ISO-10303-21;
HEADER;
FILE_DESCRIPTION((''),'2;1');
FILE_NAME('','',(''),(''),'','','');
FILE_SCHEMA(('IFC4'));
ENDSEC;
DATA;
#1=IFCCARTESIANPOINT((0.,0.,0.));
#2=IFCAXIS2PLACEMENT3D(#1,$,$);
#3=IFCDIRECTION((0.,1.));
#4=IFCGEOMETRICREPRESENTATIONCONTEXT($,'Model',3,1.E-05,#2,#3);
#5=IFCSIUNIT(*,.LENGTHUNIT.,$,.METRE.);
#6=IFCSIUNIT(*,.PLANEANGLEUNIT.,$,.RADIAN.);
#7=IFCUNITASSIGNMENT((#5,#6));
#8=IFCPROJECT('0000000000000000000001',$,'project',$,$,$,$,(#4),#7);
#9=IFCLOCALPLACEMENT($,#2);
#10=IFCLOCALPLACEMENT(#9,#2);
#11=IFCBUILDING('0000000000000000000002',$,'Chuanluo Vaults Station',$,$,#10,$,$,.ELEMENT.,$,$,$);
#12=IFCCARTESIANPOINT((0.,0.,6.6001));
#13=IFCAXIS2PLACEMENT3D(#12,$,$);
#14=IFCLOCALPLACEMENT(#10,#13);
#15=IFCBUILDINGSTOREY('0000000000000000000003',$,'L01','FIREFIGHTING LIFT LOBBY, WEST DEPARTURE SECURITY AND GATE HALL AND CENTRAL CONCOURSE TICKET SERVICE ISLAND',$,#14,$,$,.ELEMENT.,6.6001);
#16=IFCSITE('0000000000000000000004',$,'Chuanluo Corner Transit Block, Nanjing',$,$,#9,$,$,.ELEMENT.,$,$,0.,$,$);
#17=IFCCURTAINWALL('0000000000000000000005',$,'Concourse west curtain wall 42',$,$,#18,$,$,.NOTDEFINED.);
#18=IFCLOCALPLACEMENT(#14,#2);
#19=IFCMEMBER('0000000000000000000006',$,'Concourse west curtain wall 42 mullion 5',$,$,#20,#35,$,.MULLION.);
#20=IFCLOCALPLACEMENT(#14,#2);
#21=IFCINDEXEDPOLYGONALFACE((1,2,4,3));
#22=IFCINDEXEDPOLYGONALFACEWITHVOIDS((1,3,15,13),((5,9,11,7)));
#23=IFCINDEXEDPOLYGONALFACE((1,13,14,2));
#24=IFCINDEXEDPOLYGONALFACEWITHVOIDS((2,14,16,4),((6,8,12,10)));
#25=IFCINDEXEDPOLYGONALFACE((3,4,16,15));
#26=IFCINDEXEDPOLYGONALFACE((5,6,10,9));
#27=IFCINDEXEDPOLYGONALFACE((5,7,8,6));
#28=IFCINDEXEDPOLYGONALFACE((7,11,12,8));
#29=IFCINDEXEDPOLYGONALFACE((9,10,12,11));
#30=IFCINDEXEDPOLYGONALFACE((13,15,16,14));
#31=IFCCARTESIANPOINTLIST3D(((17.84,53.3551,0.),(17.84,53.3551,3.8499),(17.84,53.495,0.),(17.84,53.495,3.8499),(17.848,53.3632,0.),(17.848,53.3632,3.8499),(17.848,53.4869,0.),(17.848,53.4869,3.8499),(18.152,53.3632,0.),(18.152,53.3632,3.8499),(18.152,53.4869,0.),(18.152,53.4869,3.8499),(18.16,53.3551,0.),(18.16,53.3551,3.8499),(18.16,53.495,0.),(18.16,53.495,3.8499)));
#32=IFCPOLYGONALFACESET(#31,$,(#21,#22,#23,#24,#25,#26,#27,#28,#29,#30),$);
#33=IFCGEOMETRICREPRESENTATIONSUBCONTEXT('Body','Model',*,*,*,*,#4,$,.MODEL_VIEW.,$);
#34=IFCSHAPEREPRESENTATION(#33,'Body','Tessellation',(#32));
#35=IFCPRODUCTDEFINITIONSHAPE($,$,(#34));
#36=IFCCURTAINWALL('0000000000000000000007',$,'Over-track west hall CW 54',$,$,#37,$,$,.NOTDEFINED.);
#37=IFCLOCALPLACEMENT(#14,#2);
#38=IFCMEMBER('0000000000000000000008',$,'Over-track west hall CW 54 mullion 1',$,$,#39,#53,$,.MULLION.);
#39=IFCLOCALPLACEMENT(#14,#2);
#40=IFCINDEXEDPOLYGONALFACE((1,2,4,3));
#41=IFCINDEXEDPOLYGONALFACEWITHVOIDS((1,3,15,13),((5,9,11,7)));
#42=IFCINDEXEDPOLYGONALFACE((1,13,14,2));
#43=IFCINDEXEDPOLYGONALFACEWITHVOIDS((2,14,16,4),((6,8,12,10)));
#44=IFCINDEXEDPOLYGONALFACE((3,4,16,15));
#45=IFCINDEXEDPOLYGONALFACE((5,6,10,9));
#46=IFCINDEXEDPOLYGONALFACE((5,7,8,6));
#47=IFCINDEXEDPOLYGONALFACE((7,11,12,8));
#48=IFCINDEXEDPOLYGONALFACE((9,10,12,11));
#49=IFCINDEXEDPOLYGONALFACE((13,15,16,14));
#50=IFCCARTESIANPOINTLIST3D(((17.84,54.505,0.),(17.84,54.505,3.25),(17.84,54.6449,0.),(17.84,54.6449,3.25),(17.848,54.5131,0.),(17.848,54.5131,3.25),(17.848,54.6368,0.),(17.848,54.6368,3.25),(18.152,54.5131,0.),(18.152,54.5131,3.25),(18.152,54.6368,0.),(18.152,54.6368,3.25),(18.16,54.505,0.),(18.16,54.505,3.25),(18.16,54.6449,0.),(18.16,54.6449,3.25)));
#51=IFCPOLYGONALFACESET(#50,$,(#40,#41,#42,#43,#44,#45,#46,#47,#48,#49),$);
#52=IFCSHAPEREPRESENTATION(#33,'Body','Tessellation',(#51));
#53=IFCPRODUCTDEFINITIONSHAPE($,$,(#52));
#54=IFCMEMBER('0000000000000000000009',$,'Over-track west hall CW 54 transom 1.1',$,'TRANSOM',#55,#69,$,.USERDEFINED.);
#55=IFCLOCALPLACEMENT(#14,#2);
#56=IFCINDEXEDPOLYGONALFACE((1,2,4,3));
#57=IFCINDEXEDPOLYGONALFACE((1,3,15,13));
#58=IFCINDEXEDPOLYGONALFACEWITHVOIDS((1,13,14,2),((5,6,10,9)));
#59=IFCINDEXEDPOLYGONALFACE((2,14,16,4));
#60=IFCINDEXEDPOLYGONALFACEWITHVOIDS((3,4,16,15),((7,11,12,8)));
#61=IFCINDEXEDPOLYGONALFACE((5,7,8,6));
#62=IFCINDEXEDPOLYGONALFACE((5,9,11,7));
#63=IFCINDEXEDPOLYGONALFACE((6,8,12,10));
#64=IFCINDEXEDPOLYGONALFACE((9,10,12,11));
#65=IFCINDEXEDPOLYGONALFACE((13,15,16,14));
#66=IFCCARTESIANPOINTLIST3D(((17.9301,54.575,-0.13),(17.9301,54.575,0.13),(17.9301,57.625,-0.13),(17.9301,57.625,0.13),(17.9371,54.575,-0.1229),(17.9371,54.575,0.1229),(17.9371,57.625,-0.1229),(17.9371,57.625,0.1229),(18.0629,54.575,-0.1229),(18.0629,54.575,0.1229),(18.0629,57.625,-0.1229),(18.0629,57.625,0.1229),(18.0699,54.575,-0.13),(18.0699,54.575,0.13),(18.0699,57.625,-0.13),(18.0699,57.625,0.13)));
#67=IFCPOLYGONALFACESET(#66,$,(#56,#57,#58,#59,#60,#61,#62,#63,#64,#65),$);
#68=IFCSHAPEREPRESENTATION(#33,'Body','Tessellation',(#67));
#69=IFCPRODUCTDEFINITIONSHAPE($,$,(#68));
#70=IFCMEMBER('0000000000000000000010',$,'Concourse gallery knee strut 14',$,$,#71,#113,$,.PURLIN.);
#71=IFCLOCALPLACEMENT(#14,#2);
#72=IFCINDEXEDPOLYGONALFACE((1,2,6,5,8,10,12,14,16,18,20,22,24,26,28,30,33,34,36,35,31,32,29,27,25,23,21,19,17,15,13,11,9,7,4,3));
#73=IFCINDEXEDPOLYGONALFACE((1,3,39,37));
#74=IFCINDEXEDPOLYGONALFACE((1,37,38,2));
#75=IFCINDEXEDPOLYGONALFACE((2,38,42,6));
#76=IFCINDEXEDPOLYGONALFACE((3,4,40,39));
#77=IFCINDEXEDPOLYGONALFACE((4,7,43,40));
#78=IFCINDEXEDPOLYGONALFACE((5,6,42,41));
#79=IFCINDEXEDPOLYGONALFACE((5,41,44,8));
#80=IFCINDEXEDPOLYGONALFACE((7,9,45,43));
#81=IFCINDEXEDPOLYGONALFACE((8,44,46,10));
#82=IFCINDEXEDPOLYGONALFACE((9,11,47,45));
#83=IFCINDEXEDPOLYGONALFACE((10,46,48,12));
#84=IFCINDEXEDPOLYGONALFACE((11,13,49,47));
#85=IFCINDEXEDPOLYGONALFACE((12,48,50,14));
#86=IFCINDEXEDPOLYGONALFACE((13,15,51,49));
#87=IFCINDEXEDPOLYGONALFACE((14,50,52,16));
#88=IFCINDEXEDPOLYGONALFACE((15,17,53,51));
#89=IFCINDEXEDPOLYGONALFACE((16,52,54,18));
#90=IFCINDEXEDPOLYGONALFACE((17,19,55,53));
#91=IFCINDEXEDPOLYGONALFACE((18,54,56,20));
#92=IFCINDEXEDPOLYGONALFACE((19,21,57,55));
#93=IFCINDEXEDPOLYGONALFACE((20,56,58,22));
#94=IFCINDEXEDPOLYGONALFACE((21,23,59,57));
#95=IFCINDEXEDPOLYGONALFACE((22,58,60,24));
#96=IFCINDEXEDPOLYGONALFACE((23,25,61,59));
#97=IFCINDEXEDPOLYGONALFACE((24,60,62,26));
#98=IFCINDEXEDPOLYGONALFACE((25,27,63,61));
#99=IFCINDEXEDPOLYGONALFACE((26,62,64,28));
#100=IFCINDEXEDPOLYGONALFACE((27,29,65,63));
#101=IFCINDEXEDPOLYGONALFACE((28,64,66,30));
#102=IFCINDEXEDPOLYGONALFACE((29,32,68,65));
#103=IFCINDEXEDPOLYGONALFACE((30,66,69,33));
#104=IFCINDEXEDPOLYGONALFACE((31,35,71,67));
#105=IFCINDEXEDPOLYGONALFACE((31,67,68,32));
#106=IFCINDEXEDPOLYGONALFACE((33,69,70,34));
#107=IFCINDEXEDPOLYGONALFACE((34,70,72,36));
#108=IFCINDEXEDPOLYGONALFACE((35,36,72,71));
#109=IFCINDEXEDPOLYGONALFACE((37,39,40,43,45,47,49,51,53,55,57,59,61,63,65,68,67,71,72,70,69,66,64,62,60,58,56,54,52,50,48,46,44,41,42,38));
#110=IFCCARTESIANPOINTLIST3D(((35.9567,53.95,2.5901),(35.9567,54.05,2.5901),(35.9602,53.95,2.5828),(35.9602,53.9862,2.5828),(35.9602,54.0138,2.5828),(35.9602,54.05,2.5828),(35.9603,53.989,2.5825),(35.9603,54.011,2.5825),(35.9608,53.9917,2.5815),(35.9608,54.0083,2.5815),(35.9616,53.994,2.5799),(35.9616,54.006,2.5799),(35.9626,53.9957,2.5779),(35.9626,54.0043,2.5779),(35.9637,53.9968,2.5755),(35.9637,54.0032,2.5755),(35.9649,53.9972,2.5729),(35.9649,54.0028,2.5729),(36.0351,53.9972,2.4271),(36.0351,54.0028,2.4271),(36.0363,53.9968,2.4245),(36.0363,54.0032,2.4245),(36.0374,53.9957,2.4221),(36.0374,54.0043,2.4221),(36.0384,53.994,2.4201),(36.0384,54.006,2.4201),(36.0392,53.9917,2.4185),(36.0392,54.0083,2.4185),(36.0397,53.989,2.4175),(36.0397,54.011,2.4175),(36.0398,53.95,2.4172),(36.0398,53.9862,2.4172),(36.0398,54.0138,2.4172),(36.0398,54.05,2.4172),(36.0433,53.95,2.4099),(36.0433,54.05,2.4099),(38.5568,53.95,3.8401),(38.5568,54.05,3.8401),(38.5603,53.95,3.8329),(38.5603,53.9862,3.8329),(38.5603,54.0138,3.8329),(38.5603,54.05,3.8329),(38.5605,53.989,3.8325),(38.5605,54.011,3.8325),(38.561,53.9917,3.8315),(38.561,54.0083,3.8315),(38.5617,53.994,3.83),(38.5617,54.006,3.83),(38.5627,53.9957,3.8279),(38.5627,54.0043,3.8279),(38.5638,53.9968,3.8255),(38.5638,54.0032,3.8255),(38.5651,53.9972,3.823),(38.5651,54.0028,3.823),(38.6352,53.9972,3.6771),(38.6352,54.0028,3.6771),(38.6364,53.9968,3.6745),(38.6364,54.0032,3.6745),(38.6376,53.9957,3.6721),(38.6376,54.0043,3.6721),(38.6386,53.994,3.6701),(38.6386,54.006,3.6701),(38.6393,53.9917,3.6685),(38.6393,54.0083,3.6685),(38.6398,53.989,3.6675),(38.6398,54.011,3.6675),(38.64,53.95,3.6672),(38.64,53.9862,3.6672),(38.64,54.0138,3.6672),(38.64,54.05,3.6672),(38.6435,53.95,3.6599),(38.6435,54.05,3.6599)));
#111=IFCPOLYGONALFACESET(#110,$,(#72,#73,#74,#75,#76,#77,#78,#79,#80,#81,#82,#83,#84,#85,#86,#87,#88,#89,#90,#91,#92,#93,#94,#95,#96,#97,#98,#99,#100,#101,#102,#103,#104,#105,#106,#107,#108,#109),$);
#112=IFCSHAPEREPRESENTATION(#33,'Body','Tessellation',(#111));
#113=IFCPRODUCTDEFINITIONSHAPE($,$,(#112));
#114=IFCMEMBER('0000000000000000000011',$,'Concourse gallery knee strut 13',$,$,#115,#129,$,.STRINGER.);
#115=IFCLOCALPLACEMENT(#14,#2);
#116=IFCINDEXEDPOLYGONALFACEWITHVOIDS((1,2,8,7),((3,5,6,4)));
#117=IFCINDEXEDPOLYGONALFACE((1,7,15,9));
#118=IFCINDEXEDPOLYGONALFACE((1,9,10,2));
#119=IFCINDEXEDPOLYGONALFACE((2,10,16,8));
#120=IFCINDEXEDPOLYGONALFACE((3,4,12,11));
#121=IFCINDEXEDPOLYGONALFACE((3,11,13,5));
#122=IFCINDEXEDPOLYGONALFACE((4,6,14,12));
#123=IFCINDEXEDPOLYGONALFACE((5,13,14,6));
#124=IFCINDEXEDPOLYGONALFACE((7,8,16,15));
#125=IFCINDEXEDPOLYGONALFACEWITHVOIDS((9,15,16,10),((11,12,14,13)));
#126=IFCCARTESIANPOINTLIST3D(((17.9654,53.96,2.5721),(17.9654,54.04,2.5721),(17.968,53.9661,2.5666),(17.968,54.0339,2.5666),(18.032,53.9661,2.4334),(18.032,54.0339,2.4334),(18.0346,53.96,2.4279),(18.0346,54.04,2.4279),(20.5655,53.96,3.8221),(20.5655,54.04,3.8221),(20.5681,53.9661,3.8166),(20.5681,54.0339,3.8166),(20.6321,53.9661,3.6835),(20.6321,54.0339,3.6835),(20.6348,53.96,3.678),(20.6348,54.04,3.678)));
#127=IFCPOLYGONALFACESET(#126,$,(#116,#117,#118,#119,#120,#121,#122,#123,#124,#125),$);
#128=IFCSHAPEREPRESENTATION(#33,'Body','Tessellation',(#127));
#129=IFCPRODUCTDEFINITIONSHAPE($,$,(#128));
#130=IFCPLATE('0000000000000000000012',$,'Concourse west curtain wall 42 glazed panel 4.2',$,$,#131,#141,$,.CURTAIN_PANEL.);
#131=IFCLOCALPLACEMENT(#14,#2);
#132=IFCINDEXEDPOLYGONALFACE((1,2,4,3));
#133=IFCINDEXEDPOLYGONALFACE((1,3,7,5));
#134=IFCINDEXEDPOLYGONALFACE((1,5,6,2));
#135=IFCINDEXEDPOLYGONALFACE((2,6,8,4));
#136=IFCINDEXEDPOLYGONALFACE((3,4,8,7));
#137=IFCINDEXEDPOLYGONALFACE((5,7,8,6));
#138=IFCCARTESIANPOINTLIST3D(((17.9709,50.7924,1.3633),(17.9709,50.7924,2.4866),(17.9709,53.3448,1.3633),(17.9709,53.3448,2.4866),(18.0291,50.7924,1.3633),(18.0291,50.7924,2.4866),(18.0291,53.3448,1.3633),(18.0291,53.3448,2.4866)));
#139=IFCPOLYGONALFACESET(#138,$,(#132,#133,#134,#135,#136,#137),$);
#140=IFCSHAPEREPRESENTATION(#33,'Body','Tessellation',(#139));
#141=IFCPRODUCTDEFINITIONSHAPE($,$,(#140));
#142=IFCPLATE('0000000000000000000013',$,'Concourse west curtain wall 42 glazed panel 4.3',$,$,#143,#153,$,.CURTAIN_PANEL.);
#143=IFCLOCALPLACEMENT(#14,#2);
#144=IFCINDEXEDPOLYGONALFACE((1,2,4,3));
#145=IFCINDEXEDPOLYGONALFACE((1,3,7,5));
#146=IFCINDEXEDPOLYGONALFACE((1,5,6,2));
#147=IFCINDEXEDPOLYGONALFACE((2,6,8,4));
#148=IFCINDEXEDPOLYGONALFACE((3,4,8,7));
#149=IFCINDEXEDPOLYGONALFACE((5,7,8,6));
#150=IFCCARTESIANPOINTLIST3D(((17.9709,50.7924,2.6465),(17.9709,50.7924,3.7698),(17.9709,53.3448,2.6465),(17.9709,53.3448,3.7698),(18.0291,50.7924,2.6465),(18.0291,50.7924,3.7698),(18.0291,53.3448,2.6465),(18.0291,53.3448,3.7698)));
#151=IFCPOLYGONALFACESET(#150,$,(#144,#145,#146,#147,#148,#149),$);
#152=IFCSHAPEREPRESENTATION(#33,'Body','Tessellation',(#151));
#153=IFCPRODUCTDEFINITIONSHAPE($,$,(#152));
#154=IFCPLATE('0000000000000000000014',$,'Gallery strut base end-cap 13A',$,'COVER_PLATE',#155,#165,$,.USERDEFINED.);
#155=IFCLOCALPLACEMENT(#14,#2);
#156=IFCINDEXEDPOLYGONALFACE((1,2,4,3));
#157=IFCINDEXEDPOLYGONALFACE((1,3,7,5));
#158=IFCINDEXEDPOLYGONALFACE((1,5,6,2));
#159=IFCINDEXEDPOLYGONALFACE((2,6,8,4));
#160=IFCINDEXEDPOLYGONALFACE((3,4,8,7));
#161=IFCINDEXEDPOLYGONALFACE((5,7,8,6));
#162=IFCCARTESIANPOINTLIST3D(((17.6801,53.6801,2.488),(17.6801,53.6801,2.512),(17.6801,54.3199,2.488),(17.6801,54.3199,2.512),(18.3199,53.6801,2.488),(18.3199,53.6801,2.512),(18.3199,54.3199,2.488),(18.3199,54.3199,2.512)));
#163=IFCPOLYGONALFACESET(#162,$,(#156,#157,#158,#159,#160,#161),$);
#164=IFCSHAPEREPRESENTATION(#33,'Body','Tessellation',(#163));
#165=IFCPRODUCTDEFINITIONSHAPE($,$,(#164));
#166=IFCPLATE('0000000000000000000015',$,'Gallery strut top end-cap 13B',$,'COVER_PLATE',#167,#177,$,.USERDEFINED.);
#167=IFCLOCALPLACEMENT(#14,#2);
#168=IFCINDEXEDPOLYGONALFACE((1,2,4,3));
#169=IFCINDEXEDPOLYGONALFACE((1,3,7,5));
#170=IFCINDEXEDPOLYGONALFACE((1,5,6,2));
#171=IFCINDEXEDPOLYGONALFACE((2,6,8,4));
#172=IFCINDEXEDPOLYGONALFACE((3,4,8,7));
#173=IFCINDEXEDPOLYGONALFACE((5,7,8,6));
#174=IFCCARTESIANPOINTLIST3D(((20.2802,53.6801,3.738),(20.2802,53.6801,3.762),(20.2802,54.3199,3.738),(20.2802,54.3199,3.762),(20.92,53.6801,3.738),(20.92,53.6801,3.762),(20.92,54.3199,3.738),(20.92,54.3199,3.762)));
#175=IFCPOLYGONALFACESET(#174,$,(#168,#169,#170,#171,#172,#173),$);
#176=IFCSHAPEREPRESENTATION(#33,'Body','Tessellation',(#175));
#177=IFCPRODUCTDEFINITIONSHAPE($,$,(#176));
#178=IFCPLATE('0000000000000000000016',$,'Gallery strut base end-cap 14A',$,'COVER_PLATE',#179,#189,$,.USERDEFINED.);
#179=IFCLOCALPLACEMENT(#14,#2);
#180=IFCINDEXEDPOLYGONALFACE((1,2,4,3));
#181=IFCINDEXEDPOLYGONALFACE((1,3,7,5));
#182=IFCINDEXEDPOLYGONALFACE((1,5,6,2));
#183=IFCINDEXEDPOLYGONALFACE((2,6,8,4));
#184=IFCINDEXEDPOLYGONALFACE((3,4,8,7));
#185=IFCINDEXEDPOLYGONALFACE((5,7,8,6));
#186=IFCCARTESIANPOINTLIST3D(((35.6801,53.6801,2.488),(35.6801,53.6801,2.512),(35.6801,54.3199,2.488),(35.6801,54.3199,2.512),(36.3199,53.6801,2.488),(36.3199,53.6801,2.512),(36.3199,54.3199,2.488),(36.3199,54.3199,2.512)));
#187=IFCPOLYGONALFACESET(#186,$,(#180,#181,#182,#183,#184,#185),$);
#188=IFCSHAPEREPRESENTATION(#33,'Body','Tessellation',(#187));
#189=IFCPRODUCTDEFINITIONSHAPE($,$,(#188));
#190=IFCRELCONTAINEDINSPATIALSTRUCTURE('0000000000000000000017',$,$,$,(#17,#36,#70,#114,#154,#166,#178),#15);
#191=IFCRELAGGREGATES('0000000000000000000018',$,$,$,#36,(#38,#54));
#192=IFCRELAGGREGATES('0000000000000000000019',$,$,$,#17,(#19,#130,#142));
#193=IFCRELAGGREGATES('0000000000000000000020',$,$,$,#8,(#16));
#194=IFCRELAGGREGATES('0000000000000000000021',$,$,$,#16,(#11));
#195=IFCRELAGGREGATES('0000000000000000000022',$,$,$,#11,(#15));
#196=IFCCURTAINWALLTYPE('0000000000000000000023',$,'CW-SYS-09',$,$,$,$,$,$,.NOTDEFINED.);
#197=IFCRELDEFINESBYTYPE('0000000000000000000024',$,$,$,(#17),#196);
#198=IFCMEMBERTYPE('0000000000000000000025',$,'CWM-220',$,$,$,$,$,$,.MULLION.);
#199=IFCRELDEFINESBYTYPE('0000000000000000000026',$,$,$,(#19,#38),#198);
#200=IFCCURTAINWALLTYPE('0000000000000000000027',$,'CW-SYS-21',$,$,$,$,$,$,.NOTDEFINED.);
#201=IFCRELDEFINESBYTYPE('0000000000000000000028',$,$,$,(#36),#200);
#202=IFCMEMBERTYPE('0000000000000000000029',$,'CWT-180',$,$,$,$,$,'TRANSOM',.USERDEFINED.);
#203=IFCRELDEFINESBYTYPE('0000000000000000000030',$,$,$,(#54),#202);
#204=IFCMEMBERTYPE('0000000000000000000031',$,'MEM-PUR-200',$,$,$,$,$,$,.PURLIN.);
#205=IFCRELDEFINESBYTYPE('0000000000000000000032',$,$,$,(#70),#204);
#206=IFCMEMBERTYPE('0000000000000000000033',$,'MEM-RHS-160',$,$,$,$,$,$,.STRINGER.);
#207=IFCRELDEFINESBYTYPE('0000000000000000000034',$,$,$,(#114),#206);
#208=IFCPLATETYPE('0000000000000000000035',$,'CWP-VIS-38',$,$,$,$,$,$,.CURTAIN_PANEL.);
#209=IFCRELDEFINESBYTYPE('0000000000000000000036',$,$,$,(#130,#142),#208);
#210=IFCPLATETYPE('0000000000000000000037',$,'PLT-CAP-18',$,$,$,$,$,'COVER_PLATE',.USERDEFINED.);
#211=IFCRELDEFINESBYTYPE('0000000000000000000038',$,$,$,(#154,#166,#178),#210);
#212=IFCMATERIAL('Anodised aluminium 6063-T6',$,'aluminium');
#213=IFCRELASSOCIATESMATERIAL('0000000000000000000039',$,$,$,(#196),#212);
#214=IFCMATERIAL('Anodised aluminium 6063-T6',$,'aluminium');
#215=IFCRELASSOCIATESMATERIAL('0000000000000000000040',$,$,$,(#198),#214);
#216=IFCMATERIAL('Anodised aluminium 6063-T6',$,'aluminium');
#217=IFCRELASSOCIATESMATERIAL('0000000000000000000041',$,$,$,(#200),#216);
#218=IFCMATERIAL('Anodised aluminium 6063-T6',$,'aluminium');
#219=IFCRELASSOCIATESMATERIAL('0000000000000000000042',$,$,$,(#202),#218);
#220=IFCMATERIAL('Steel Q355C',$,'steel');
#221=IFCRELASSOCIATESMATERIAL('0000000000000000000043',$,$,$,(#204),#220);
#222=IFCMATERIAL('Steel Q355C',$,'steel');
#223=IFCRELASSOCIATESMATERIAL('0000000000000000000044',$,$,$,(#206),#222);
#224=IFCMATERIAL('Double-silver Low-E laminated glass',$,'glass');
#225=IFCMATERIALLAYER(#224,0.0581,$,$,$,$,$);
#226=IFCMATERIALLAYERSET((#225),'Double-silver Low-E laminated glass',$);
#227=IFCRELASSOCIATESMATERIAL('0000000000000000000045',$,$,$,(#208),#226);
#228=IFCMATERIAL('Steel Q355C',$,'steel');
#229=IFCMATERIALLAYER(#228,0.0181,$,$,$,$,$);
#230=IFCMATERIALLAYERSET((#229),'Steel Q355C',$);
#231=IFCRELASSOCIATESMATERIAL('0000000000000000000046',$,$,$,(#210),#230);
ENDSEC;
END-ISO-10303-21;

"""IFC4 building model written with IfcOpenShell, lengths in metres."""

from ifc_helpers import new_model, si_unit, direction, frame, origin, origin_2d, place, context, subcontext, project, spatial, rectangle, hollow_rectangle, i_section, extrude, material, layer, layer_set, material_profile, profile_set, type_object, element, aggregate, save


model = new_model("IFC4")

# Units and contexts
model_context = context("Model", 3, precision=1e-05, world=origin(), true_north=direction((0.0, 1.0)))
body_context = subcontext(model_context, "Body", "Model", "MODEL_VIEW")
ifc_project = project(units=[si_unit("LENGTHUNIT", "METRE"), si_unit("PLANEANGLEUNIT", "RADIAN")], contexts=[model_context])

# Site, building, storey
site_placement = place(None, origin())
site = spatial("IfcSite", under=ifc_project, at=site_placement, Name="Chuanluo Corner Transit Block, Nanjing", CompositionType="ELEMENT", RefElevation=0.0)
building_placement = place(site_placement, origin())
building = spatial("IfcBuilding", under=site, at=building_placement, Name="Chuanluo Vaults Station", CompositionType="ELEMENT")
storey_placement = place(building_placement, frame((0.0, 0.0, 6.6001)))
storey = spatial("IfcBuildingStorey", under=building, at=storey_placement, Name="L01", Description="FIREFIGHTING LIFT LOBBY, WEST DEPARTURE SECURITY AND GATE HALL AND CENTRAL CONCOURSE TICKET SERVICE ISLAND", CompositionType="ELEMENT", Elevation=6.6001)

# Curtain wall, member
ifc_material_1 = material(Name="Anodised aluminium 6063-T6", Category="aluminium")
curtain_wall_type_1 = type_object("IfcCurtainWallType", Name="CW-SYS-09", PredefinedType="NOTDEFINED", material=ifc_material_1)
curtain_wall_1_placement = place(storey_placement, origin())
curtain_wall_1 = element("IfcCurtainWall", 1, at=curtain_wall_1_placement, inside=storey, type_object=curtain_wall_type_1, Name="Concourse west curtain wall 42", PredefinedType="NOTDEFINED")
ifc_material_2 = material(Name="Anodised aluminium 6063-T6", Category="aluminium")
ifc_material_profile_1 = material_profile(ifc_material_2, hollow_rectangle(XDim=0.1399, YDim=0.3201, WallThickness=0.0081, at=origin_2d()))
ifc_profile_set_1 = profile_set([ifc_material_profile_1], Name="Anodised aluminium 6063-T6")
member_type_1 = type_object("IfcMemberType", Name="CWM-220", PredefinedType="MULLION", material=ifc_profile_set_1)
member_1_placement = place(storey_placement, frame((18.0, 53.425, 0.0), z_axis=(0.0, 0.0, 1.0), x_axis=(0.0, 1.0, 0.0)))
member_1 = element("IfcMember", 2, at=member_1_placement, type_object=member_type_1, Name="Concourse west curtain wall 42 mullion 5", PredefinedType="MULLION", context=body_context, shape_type="SweptSolid", body=[
    extrude(hollow_rectangle(XDim=0.1399, YDim=0.3201, WallThickness=0.0081, at=origin_2d()), origin(), (0.0, 0.0, 1.0), 3.8499),
])

# Curtain wall, members
ifc_material_3 = material(Name="Anodised aluminium 6063-T6", Category="aluminium")
curtain_wall_type_2 = type_object("IfcCurtainWallType", Name="CW-SYS-21", PredefinedType="NOTDEFINED", material=ifc_material_3)
curtain_wall_2_placement = place(storey_placement, origin())
curtain_wall_2 = element("IfcCurtainWall", 3, at=curtain_wall_2_placement, inside=storey, type_object=curtain_wall_type_2, Name="Over-track west hall CW 54", PredefinedType="NOTDEFINED")
member_2_placement = place(storey_placement, frame((18.0, 54.575, 0.0), z_axis=(0.0, 0.0, 1.0), x_axis=(0.0, 1.0, 0.0)))
member_2 = element("IfcMember", 4, at=member_2_placement, type_object=member_type_1, Name="Over-track west hall CW 54 mullion 1", PredefinedType="MULLION", context=body_context, shape_type="SweptSolid", body=[
    extrude(hollow_rectangle(XDim=0.1399, YDim=0.3201, WallThickness=0.0081, at=origin_2d()), origin(), (0.0, 0.0, 1.0), 3.25),
])
ifc_material_4 = material(Name="Anodised aluminium 6063-T6", Category="aluminium")
ifc_material_profile_2 = material_profile(ifc_material_4, hollow_rectangle(XDim=0.1399, YDim=0.26, WallThickness=0.0071, at=origin_2d()))
ifc_profile_set_2 = profile_set([ifc_material_profile_2], Name="Anodised aluminium 6063-T6")
member_type_2 = type_object("IfcMemberType", Name="CWT-180", ElementType="TRANSOM", PredefinedType="USERDEFINED", material=ifc_profile_set_2)
member_3_placement = place(storey_placement, frame((18.0, 54.575, 0.0), z_axis=(0.0, 1.0, 0.0), x_axis=(-1.0, 0.0, 0.0)))
member_3 = element("IfcMember", 5, at=member_3_placement, type_object=member_type_2, Name="Over-track west hall CW 54 transom 1.1", ObjectType="TRANSOM", PredefinedType="USERDEFINED", context=body_context, shape_type="SweptSolid", body=[
    extrude(hollow_rectangle(XDim=0.1399, YDim=0.26, WallThickness=0.0071, at=origin_2d()), origin(), (0.0, 0.0, 1.0), 3.05),
])
aggregate(curtain_wall_2, [member_2, member_3])

# Members
ifc_material_5 = material(Name="Steel Q355C", Category="steel")
ifc_material_profile_3 = material_profile(ifc_material_5, i_section(OverallWidth=0.1001, OverallDepth=0.2, WebThickness=0.0056, FlangeThickness=0.0081, FilletRadius=0.011, at=origin_2d()))
ifc_profile_set_3 = profile_set([ifc_material_profile_3], Name="Steel Q355C")
member_type_3 = type_object("IfcMemberType", Name="MEM-PUR-200", PredefinedType="PURLIN", material=ifc_profile_set_3)
member_4_placement = place(storey_placement, frame((36.0, 54.0, 2.5), z_axis=(0.901259, 0.0, 0.433281), x_axis=(0.0, 1.0, 0.0)))
element("IfcMember", 6, at=member_4_placement, inside=storey, type_object=member_type_3, Name="Concourse gallery knee strut 14", PredefinedType="PURLIN", context=body_context, shape_type="SweptSolid", body=[
    extrude(i_section(OverallWidth=0.1001, OverallDepth=0.2, WebThickness=0.0056, FlangeThickness=0.0081, FilletRadius=0.011, at=origin_2d()), origin(), (0.0, 0.0, 1.0), 2.885),
])
ifc_material_6 = material(Name="Steel Q355C", Category="steel")
ifc_material_profile_4 = material_profile(ifc_material_6, hollow_rectangle(XDim=0.0801, YDim=0.1599, WallThickness=0.0061, at=origin_2d()))
ifc_profile_set_4 = profile_set([ifc_material_profile_4], Name="Steel Q355C")
member_type_4 = type_object("IfcMemberType", Name="MEM-RHS-160", PredefinedType="STRINGER", material=ifc_profile_set_4)
member_5_placement = place(storey_placement, frame((18.0, 54.0, 2.5), z_axis=(0.901259, 0.0, 0.433281), x_axis=(0.0, 1.0, 0.0)))
element("IfcMember", 7, at=member_5_placement, inside=storey, type_object=member_type_4, Name="Concourse gallery knee strut 13", PredefinedType="STRINGER", context=body_context, shape_type="SweptSolid", body=[
    extrude(hollow_rectangle(XDim=0.0801, YDim=0.1599, WallThickness=0.0061, at=origin_2d()), origin(), (0.0, 0.0, 1.0), 2.885),
])

# Plates
ifc_material_7 = material(Name="Double-silver Low-E laminated glass", Category="glass")
ifc_layer_1 = layer(ifc_material_7, 0.0581)
ifc_layer_set_1 = layer_set([ifc_layer_1], Name="Double-silver Low-E laminated glass")
plate_type_1 = type_object("IfcPlateType", Name="CWP-VIS-38", PredefinedType="CURTAIN_PANEL", material=ifc_layer_set_1)
plate_1_placement = place(storey_placement, frame((18.0, 52.0686, 1.3633), z_axis=(0.0, 0.0, 1.0), x_axis=(0.0, 1.0, 0.0)))
plate_1 = element("IfcPlate", 8, at=plate_1_placement, type_object=plate_type_1, Name="Concourse west curtain wall 42 glazed panel 4.2", PredefinedType="CURTAIN_PANEL", context=body_context, shape_type="SweptSolid", body=[
    extrude(rectangle(XDim=2.5525, YDim=0.0581, at=origin_2d()), origin(), (0.0, 0.0, 1.0), 1.1233),
])
plate_2_placement = place(storey_placement, frame((18.0, 52.0686, 2.6465), z_axis=(0.0, 0.0, 1.0), x_axis=(0.0, 1.0, 0.0)))
plate_2 = element("IfcPlate", 9, at=plate_2_placement, type_object=plate_type_1, Name="Concourse west curtain wall 42 glazed panel 4.3", PredefinedType="CURTAIN_PANEL", context=body_context, shape_type="SweptSolid", body=[
    extrude(rectangle(XDim=2.5525, YDim=0.0581, at=origin_2d()), origin(), (0.0, 0.0, 1.0), 1.1233),
])
aggregate(curtain_wall_1, [member_1, plate_1, plate_2])

# Plates
ifc_material_8 = material(Name="Steel Q355C", Category="steel")
ifc_layer_2 = layer(ifc_material_8, 0.0181)
ifc_layer_set_2 = layer_set([ifc_layer_2], Name="Steel Q355C")
plate_type_2 = type_object("IfcPlateType", Name="PLT-CAP-18", ElementType="COVER_PLATE", PredefinedType="USERDEFINED", material=ifc_layer_set_2)
for number, where, z_axis, x_axis, name in (
    (10, (18.0, 54.0, 2.488), (0.0, 0.0, 1.0), (1.0, 0.0, 0.0), "Gallery strut base end-cap 13A"),
    (11, (20.6001, 54.0, 3.738), (0.0, 0.0, 1.0), (1.0, 0.0, 0.0), "Gallery strut top end-cap 13B"),
    (12, (36.0, 54.0, 2.488), (0.0, 0.0, 1.0), (1.0, 0.0, 0.0), "Gallery strut base end-cap 14A"),
):
    element("IfcPlate", number, at=place(storey_placement, frame(where, z_axis=z_axis, x_axis=x_axis)), inside=storey, type_object=plate_type_2, Name=name, ObjectType="COVER_PLATE", PredefinedType="USERDEFINED", context=body_context, shape_type="SweptSolid", body=[
        extrude(rectangle(XDim=0.6399, YDim=0.6399, at=origin_2d()), origin(), (0.0, 0.0, 1.0), 0.0239),
    ])

save(model, "model.ifc")
